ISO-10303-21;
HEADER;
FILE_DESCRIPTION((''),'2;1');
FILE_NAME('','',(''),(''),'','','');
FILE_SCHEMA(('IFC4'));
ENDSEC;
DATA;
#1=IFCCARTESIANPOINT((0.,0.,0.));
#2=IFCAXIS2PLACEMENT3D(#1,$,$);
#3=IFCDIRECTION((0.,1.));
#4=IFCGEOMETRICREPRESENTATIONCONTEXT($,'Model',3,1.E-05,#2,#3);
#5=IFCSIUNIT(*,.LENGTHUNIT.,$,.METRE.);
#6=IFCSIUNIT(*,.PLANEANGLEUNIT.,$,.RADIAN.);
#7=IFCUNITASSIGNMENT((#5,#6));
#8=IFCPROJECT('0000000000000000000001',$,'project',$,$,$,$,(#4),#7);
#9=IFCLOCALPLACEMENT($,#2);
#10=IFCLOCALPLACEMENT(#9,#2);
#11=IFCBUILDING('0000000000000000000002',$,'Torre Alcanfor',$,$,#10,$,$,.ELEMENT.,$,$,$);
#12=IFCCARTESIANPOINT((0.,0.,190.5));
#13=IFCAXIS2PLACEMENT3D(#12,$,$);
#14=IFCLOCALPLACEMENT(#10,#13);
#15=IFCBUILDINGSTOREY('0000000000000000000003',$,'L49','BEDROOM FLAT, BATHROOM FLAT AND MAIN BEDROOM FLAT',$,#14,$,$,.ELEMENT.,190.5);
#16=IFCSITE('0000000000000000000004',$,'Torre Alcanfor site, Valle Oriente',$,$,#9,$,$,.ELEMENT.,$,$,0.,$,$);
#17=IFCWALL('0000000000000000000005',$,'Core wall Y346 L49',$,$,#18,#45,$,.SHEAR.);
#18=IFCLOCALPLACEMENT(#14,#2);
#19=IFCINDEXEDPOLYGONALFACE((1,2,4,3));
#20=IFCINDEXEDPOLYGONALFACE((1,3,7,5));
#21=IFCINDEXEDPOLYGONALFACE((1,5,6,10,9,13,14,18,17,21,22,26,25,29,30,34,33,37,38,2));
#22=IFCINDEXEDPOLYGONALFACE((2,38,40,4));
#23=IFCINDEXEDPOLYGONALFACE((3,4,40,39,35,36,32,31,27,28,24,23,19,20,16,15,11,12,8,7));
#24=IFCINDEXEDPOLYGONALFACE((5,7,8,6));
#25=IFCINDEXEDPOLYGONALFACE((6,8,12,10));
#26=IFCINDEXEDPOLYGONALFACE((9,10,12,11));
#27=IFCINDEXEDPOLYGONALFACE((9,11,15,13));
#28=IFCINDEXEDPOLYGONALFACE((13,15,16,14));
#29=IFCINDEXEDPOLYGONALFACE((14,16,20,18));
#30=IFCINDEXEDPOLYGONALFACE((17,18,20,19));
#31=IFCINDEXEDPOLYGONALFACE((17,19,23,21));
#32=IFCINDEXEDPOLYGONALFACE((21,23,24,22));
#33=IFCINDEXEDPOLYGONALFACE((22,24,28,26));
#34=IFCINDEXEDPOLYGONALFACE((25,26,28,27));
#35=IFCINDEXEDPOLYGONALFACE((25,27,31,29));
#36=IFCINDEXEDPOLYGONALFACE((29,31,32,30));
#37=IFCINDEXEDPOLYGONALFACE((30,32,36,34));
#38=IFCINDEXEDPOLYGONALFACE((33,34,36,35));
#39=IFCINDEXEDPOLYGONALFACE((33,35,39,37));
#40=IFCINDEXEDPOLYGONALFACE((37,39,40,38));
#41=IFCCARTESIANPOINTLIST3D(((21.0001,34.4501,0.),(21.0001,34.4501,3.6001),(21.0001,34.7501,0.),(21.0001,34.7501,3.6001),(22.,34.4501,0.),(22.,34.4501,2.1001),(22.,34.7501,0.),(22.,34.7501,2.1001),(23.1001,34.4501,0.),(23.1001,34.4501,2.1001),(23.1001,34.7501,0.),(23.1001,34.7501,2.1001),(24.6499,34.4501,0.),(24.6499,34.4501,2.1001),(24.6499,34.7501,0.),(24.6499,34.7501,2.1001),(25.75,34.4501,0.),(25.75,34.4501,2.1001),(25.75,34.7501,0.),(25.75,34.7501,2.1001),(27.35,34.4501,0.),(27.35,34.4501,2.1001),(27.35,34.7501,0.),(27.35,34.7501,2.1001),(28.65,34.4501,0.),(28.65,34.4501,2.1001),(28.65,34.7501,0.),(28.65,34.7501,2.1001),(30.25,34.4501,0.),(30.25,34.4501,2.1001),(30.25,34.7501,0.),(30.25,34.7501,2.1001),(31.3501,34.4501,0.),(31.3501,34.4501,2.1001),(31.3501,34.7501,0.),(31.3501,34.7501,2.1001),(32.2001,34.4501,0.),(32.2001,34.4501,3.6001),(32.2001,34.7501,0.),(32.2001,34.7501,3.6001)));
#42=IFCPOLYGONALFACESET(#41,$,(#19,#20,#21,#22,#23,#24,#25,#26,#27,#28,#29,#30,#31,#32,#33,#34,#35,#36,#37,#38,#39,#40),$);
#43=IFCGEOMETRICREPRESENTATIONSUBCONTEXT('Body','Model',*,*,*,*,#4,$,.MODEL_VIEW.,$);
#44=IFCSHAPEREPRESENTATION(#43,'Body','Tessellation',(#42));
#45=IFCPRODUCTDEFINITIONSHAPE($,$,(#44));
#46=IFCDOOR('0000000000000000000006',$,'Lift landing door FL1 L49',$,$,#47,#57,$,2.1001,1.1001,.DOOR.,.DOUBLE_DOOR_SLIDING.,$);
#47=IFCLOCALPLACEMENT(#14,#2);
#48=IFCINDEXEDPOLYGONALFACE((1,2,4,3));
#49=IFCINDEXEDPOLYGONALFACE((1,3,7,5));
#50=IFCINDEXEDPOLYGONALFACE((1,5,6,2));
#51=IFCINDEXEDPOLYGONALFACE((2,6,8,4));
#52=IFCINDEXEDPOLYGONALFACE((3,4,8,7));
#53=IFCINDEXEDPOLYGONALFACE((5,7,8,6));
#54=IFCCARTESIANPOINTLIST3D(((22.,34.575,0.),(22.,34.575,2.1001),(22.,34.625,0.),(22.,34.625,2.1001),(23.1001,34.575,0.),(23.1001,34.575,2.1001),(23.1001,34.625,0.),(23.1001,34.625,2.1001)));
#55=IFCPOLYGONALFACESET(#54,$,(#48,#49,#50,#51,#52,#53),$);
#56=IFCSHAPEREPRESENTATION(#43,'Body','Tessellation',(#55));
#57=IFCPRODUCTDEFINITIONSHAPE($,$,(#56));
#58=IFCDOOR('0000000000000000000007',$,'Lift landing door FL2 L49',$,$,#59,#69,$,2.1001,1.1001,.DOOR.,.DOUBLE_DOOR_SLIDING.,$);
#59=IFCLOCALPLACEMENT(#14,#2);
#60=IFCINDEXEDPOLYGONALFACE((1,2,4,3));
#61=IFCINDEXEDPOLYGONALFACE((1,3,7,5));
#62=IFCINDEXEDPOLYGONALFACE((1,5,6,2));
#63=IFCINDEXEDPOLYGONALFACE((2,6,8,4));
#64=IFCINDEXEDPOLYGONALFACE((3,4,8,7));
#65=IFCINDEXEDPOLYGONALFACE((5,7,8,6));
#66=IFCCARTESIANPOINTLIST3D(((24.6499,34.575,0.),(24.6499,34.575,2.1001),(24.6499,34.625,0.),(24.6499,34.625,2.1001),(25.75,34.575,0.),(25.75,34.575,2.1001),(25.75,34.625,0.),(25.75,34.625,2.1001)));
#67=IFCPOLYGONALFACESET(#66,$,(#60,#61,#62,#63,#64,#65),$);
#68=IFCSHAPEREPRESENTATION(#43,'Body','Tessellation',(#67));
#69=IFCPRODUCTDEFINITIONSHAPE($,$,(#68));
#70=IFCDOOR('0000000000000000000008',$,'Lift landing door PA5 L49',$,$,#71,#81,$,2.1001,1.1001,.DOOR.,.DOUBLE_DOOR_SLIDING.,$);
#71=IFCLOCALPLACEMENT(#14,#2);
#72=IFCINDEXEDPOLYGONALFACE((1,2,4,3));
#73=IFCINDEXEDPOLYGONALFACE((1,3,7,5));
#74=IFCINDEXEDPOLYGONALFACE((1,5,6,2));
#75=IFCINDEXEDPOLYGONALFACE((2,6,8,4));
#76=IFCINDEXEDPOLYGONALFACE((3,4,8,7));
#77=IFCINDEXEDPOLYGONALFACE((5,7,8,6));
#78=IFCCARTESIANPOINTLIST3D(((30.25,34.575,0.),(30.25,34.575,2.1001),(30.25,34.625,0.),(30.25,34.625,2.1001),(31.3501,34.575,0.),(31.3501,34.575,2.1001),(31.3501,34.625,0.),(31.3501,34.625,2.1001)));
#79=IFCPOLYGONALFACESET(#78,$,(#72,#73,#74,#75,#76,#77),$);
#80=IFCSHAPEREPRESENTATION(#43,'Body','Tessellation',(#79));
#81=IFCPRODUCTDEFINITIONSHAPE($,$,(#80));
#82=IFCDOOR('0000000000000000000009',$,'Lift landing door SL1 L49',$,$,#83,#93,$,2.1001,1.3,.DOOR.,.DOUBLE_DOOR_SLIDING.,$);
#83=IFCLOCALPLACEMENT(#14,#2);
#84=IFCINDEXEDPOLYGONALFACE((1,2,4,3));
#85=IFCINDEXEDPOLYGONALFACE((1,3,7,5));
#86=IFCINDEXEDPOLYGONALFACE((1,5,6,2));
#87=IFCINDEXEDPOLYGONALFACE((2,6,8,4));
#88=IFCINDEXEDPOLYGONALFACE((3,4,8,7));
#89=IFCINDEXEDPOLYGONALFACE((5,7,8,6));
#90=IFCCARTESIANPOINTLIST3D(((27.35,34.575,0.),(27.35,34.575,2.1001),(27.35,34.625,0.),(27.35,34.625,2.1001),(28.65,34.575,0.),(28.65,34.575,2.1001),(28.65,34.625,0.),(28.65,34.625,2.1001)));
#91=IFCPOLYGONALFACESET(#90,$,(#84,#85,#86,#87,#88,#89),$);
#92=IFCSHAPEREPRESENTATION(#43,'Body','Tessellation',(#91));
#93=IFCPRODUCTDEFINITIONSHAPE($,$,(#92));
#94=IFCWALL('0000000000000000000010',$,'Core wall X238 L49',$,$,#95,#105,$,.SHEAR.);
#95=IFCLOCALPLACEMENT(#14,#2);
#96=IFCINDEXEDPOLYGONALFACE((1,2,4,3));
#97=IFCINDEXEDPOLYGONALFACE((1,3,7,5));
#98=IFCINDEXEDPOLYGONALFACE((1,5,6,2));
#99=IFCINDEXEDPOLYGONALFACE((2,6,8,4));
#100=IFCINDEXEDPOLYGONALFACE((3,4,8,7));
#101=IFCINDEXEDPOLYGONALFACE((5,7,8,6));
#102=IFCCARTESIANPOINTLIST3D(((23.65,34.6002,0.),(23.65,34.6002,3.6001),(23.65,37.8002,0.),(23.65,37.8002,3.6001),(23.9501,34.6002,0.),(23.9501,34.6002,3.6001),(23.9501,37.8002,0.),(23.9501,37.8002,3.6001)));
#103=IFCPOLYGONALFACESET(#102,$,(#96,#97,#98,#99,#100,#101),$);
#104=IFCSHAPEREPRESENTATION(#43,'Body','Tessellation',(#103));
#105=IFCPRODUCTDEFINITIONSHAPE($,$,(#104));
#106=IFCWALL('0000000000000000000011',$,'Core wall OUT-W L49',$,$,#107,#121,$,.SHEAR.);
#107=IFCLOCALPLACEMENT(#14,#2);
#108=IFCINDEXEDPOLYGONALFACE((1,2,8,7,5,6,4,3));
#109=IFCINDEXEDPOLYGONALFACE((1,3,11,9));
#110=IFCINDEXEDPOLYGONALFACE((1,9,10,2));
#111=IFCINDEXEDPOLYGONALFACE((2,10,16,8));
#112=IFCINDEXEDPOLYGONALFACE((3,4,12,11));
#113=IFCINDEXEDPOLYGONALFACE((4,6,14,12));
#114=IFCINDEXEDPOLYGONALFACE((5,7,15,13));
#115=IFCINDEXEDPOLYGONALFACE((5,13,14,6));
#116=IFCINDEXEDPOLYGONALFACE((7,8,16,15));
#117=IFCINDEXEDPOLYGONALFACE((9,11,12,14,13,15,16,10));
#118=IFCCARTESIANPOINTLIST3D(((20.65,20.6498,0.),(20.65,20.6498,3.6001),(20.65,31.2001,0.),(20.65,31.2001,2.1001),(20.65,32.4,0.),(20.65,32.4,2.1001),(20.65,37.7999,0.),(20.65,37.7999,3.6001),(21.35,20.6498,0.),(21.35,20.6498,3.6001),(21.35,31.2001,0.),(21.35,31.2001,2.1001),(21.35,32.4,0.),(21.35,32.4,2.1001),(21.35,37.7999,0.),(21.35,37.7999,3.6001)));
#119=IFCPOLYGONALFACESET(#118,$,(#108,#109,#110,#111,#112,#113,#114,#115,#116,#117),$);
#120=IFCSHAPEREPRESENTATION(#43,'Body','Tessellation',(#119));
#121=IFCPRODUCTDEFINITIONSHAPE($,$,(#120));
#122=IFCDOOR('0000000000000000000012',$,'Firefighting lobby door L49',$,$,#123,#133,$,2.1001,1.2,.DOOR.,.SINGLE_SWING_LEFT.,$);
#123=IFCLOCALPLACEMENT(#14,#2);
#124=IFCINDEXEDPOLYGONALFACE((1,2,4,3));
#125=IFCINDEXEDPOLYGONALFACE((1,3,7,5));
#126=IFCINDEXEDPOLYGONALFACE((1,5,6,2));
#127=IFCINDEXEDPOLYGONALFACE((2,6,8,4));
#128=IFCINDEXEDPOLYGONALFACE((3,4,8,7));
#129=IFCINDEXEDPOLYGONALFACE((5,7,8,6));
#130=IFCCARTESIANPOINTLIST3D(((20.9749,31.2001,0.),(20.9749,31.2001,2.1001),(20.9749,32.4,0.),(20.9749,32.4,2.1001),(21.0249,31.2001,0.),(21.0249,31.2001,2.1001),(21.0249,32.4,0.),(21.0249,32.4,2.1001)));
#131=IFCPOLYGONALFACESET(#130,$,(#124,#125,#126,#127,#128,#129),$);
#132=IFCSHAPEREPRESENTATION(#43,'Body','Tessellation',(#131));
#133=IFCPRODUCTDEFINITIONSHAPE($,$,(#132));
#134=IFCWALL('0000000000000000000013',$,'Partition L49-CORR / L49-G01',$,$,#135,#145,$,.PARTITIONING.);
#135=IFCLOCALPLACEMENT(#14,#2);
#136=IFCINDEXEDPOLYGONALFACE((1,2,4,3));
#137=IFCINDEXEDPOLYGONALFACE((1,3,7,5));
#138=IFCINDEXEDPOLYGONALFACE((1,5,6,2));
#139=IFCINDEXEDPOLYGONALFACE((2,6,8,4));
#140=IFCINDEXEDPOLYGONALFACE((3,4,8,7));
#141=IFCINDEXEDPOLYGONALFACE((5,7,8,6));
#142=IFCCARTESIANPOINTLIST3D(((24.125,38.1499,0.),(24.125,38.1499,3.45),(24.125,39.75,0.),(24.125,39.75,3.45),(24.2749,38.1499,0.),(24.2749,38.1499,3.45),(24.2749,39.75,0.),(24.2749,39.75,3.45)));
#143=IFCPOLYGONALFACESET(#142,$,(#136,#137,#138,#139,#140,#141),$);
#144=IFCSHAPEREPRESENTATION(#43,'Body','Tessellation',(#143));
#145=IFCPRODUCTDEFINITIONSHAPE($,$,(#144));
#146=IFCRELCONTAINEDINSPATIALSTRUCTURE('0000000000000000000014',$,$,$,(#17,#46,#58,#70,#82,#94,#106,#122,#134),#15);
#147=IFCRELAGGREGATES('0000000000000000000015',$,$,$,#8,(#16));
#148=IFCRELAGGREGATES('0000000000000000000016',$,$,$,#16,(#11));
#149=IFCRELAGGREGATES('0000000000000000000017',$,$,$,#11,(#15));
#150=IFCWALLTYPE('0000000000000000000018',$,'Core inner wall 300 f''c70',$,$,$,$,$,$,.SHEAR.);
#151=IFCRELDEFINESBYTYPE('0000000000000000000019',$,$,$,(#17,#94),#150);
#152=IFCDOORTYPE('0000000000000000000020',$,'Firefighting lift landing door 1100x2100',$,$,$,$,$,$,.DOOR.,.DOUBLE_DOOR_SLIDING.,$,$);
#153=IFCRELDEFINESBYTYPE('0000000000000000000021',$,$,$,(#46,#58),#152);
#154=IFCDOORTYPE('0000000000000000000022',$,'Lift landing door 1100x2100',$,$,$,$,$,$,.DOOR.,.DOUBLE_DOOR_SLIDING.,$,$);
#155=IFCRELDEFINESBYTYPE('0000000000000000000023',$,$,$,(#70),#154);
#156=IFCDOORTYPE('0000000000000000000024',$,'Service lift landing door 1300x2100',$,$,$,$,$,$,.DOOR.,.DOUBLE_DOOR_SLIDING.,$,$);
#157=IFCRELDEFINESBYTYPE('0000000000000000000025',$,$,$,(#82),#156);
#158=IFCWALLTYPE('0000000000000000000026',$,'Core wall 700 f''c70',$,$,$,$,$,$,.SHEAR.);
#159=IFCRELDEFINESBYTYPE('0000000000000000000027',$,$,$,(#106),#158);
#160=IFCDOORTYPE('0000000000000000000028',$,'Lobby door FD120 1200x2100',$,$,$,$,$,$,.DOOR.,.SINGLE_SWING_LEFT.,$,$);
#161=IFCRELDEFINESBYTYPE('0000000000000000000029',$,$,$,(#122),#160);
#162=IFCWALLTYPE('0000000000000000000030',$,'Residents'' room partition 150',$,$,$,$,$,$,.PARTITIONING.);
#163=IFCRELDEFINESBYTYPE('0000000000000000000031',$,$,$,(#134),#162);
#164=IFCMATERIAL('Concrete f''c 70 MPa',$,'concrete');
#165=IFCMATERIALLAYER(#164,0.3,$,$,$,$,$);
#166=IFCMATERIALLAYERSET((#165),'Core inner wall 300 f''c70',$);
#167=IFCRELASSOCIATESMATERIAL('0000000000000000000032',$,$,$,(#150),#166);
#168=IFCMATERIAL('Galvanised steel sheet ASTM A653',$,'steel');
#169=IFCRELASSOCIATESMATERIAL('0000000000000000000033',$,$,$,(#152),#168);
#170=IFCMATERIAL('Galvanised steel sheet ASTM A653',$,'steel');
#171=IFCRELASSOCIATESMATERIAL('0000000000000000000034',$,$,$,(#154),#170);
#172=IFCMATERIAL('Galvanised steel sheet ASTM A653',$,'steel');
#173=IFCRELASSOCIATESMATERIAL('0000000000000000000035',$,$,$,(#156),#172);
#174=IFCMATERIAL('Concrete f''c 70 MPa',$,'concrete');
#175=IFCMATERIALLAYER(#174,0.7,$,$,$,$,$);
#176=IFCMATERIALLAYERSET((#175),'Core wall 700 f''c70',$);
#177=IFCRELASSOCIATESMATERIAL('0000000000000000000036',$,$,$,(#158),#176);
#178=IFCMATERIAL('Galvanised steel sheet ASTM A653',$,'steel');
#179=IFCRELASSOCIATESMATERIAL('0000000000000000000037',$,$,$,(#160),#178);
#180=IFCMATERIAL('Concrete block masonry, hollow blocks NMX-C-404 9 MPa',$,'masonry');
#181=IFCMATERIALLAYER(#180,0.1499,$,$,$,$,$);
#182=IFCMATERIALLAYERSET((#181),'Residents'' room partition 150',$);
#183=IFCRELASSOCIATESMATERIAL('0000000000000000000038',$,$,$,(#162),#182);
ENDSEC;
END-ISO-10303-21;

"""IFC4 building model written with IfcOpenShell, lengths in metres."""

from ifc_helpers import new_model, si_unit, direction, frame, frame_2d, origin, place, context, subcontext, project, spatial, rectangle, extrude, material, layer, layer_set, type_object, element, fill, save


model = new_model("IFC4")

# Units and contexts
model_context = context("Model", 3, precision=1e-05, world=origin(), true_north=direction((0.0, 1.0)))
body_context = subcontext(model_context, "Body", "Model", "MODEL_VIEW")
ifc_project = project(units=[si_unit("LENGTHUNIT", "METRE"), si_unit("PLANEANGLEUNIT", "RADIAN")], contexts=[model_context])

# Site, building, storey
site_placement = place(None, origin())
site = spatial("IfcSite", under=ifc_project, at=site_placement, Name="Torre Alcanfor site, Valle Oriente", CompositionType="ELEMENT", RefElevation=0.0)
building_placement = place(site_placement, origin())
building = spatial("IfcBuilding", under=site, at=building_placement, Name="Torre Alcanfor", CompositionType="ELEMENT")
storey_placement = place(building_placement, frame((0.0, 0.0, 190.5)))
storey = spatial("IfcBuildingStorey", under=building, at=storey_placement, Name="L49", Description="BEDROOM FLAT, BATHROOM FLAT AND MAIN BEDROOM FLAT", CompositionType="ELEMENT", Elevation=190.5)

# Wall, openings, doors
ifc_material_1 = material(Name="Concrete f'c 70 MPa", Category="concrete")
ifc_layer_1 = layer(ifc_material_1, 0.3)
ifc_layer_set_1 = layer_set([ifc_layer_1], Name="Core inner wall 300 f'c70")
wall_type_1 = type_object("IfcWallType", Name="Core inner wall 300 f'c70", PredefinedType="SHEAR", material=ifc_layer_set_1)
wall_1_placement = place(storey_placement, frame((21.0, 34.6001, 0.0), z_axis=(0.0, 0.0, 1.0), x_axis=(1.0, 0.0, 0.0)))
wall_1 = element("IfcWall", 1, at=wall_1_placement, inside=storey, type_object=wall_type_1, Name="Core wall Y346 L49", PredefinedType="SHEAR", context=body_context, shape_type="SweptSolid", body=[
    extrude(rectangle(XDim=11.2, YDim=0.3, at=frame_2d((5.6001, 0.0))), origin(), (0.0, 0.0, 1.0), 3.6001),
])
opening_1_placement = place(wall_1_placement, frame((9.25, 0.0, 0.0)))
opening_1 = element("IfcOpeningElement", 2, at=opening_1_placement, cuts=wall_1, PredefinedType="OPENING", context=body_context, shape_type="SweptSolid", body=[
    extrude(rectangle(XDim=1.1001, YDim=2.1001, at=frame_2d((0.55, 1.05))), frame((0.0, 0.1599, 0.0), z_axis=(0.0, -1.0, 0.0), x_axis=(1.0, 0.0, 0.0)), (0.0, 0.0, 1.0), 0.3201),
])
opening_2_placement = place(wall_1_placement, frame((1.0, 0.0, 0.0)))
opening_2 = element("IfcOpeningElement", 3, at=opening_2_placement, cuts=wall_1, PredefinedType="OPENING", context=body_context, shape_type="SweptSolid", body=[
    extrude(rectangle(XDim=1.1001, YDim=2.1001, at=frame_2d((0.55, 1.05))), frame((0.0, 0.1599, 0.0), z_axis=(0.0, -1.0, 0.0), x_axis=(1.0, 0.0, 0.0)), (0.0, 0.0, 1.0), 0.3201),
])
opening_3_placement = place(wall_1_placement, frame((3.6499, 0.0, 0.0)))
opening_3 = element("IfcOpeningElement", 4, at=opening_3_placement, cuts=wall_1, PredefinedType="OPENING", context=body_context, shape_type="SweptSolid", body=[
    extrude(rectangle(XDim=1.1001, YDim=2.1001, at=frame_2d((0.55, 1.05))), frame((0.0, 0.1599, 0.0), z_axis=(0.0, -1.0, 0.0), x_axis=(1.0, 0.0, 0.0)), (0.0, 0.0, 1.0), 0.3201),
])
opening_4_placement = place(wall_1_placement, frame((6.3501, 0.0, 0.0)))
opening_4 = element("IfcOpeningElement", 5, at=opening_4_placement, cuts=wall_1, PredefinedType="OPENING", context=body_context, shape_type="SweptSolid", body=[
    extrude(rectangle(XDim=1.3, YDim=2.1001, at=frame_2d((0.6499, 1.05))), frame((0.0, 0.1599, 0.0), z_axis=(0.0, -1.0, 0.0), x_axis=(1.0, 0.0, 0.0)), (0.0, 0.0, 1.0), 0.3201),
])
ifc_material_2 = material(Name="Galvanised steel sheet ASTM A653", Category="steel")
door_type_1 = type_object("IfcDoorType", Name="Firefighting lift landing door 1100x2100", OperationType="DOUBLE_DOOR_SLIDING", PredefinedType="DOOR", material=ifc_material_2)
door_1_placement = place(opening_2_placement, origin())
door_1 = element("IfcDoor", 6, at=door_1_placement, inside=storey, type_object=door_type_1, Name="Lift landing door FL1 L49", OperationType="DOUBLE_DOOR_SLIDING", OverallHeight=2.1001, OverallWidth=1.1001, PredefinedType="DOOR", context=body_context, shape_type="SweptSolid", body=[
    extrude(rectangle(XDim=1.1001, YDim=2.1001, at=frame_2d((0.55, 1.05))), frame((0.0, 0.0249, 0.0), z_axis=(0.0, -1.0, 0.0), x_axis=(1.0, 0.0, 0.0)), (0.0, 0.0, 1.0), 0.05),
])
fill(opening_2, door_1)
door_2_placement = place(opening_3_placement, origin())
door_2 = element("IfcDoor", 7, at=door_2_placement, inside=storey, type_object=door_type_1, Name="Lift landing door FL2 L49", OperationType="DOUBLE_DOOR_SLIDING", OverallHeight=2.1001, OverallWidth=1.1001, PredefinedType="DOOR", context=body_context, shape_type="SweptSolid", body=[
    extrude(rectangle(XDim=1.1001, YDim=2.1001, at=frame_2d((0.55, 1.05))), frame((0.0, 0.0249, 0.0), z_axis=(0.0, -1.0, 0.0), x_axis=(1.0, 0.0, 0.0)), (0.0, 0.0, 1.0), 0.05),
])
fill(opening_3, door_2)
ifc_material_3 = material(Name="Galvanised steel sheet ASTM A653", Category="steel")
door_type_2 = type_object("IfcDoorType", Name="Lift landing door 1100x2100", OperationType="DOUBLE_DOOR_SLIDING", PredefinedType="DOOR", material=ifc_material_3)
door_3_placement = place(opening_1_placement, origin())
door_3 = element("IfcDoor", 8, at=door_3_placement, inside=storey, type_object=door_type_2, Name="Lift landing door PA5 L49", OperationType="DOUBLE_DOOR_SLIDING", OverallHeight=2.1001, OverallWidth=1.1001, PredefinedType="DOOR", context=body_context, shape_type="SweptSolid", body=[
    extrude(rectangle(XDim=1.1001, YDim=2.1001, at=frame_2d((0.55, 1.05))), frame((0.0, 0.0249, 0.0), z_axis=(0.0, -1.0, 0.0), x_axis=(1.0, 0.0, 0.0)), (0.0, 0.0, 1.0), 0.05),
])
fill(opening_1, door_3)
ifc_material_4 = material(Name="Galvanised steel sheet ASTM A653", Category="steel")
door_type_3 = type_object("IfcDoorType", Name="Service lift landing door 1300x2100", OperationType="DOUBLE_DOOR_SLIDING", PredefinedType="DOOR", material=ifc_material_4)
door_4_placement = place(opening_4_placement, origin())
door_4 = element("IfcDoor", 9, at=door_4_placement, inside=storey, type_object=door_type_3, Name="Lift landing door SL1 L49", OperationType="DOUBLE_DOOR_SLIDING", OverallHeight=2.1001, OverallWidth=1.3, PredefinedType="DOOR", context=body_context, shape_type="SweptSolid", body=[
    extrude(rectangle(XDim=1.3, YDim=2.1001, at=frame_2d((0.6499, 1.05))), frame((0.0, 0.0249, 0.0), z_axis=(0.0, -1.0, 0.0), x_axis=(1.0, 0.0, 0.0)), (0.0, 0.0, 1.0), 0.05),
])
fill(opening_4, door_4)

# Wall
wall_2_placement = place(storey_placement, frame((23.8, 34.6001, 0.0), z_axis=(0.0, 0.0, 1.0), x_axis=(0.0, 1.0, 0.0)))
element("IfcWall", 10, at=wall_2_placement, inside=storey, type_object=wall_type_1, Name="Core wall X238 L49", PredefinedType="SHEAR", context=body_context, shape_type="SweptSolid", body=[
    extrude(rectangle(XDim=3.2, YDim=0.3, at=frame_2d((1.6001, 0.0))), origin(), (0.0, 0.0, 1.0), 3.6001),
])

# Wall, opening, door
ifc_material_5 = material(Name="Concrete f'c 70 MPa", Category="concrete")
ifc_layer_2 = layer(ifc_material_5, 0.7)
ifc_layer_set_2 = layer_set([ifc_layer_2], Name="Core wall 700 f'c70")
wall_type_2 = type_object("IfcWallType", Name="Core wall 700 f'c70", PredefinedType="SHEAR", material=ifc_layer_set_2)
wall_3_placement = place(storey_placement, frame((21.0, 37.8, 0.0), z_axis=(0.0, 0.0, 1.0), x_axis=(0.0, -1.0, 0.0)))
wall_3 = element("IfcWall", 11, at=wall_3_placement, inside=storey, type_object=wall_type_2, Name="Core wall OUT-W L49", PredefinedType="SHEAR", context=body_context, shape_type="SweptSolid", body=[
    extrude(rectangle(XDim=17.1501, YDim=0.7, at=frame_2d((8.5752, 0.0))), origin(), (0.0, 0.0, 1.0), 3.6001),
])
opening_5_placement = place(wall_3_placement, frame((5.3999, 0.0, 0.0)))
opening_5 = element("IfcOpeningElement", 12, at=opening_5_placement, cuts=wall_3, PredefinedType="OPENING", context=body_context, shape_type="SweptSolid", body=[
    extrude(rectangle(XDim=1.2, YDim=2.1001, at=frame_2d((0.6001, 1.05))), frame((0.0, 0.3599, 0.0), z_axis=(0.0, -1.0, 0.0), x_axis=(1.0, 0.0, 0.0)), (0.0, 0.0, 1.0), 0.72),
])
ifc_material_6 = material(Name="Galvanised steel sheet ASTM A653", Category="steel")
door_type_4 = type_object("IfcDoorType", Name="Lobby door FD120 1200x2100", OperationType="SINGLE_SWING_LEFT", PredefinedType="DOOR", material=ifc_material_6)
door_5_placement = place(opening_5_placement, origin())
door_5 = element("IfcDoor", 13, at=door_5_placement, inside=storey, type_object=door_type_4, Name="Firefighting lobby door L49", OperationType="SINGLE_SWING_LEFT", OverallHeight=2.1001, OverallWidth=1.2, PredefinedType="DOOR", context=body_context, shape_type="SweptSolid", body=[
    extrude(rectangle(XDim=1.2, YDim=2.1001, at=frame_2d((0.6001, 1.05))), frame((0.0, 0.0249, 0.0), z_axis=(0.0, -1.0, 0.0), x_axis=(1.0, 0.0, 0.0)), (0.0, 0.0, 1.0), 0.05),
])
fill(opening_5, door_5)

# Wall
ifc_material_7 = material(Name="Concrete block masonry, hollow blocks NMX-C-404 9 MPa", Category="masonry")
ifc_layer_3 = layer(ifc_material_7, 0.1499)
ifc_layer_set_3 = layer_set([ifc_layer_3], Name="Residents' room partition 150")
wall_type_3 = type_object("IfcWallType", Name="Residents' room partition 150", PredefinedType="PARTITIONING", material=ifc_layer_set_3)
wall_4_placement = place(storey_placement, frame((24.2, 38.1499, 0.0), z_axis=(0.0, 0.0, 1.0), x_axis=(0.0, 1.0, 0.0)))
element("IfcWall", 14, at=wall_4_placement, inside=storey, type_object=wall_type_3, Name="Partition L49-CORR / L49-G01", PredefinedType="PARTITIONING", context=body_context, shape_type="SweptSolid", body=[
    extrude(rectangle(XDim=1.6001, YDim=0.1499, at=frame_2d((0.8, 0.0))), origin(), (0.0, 0.0, 1.0), 3.45),
])

save(model, "model.ifc")
